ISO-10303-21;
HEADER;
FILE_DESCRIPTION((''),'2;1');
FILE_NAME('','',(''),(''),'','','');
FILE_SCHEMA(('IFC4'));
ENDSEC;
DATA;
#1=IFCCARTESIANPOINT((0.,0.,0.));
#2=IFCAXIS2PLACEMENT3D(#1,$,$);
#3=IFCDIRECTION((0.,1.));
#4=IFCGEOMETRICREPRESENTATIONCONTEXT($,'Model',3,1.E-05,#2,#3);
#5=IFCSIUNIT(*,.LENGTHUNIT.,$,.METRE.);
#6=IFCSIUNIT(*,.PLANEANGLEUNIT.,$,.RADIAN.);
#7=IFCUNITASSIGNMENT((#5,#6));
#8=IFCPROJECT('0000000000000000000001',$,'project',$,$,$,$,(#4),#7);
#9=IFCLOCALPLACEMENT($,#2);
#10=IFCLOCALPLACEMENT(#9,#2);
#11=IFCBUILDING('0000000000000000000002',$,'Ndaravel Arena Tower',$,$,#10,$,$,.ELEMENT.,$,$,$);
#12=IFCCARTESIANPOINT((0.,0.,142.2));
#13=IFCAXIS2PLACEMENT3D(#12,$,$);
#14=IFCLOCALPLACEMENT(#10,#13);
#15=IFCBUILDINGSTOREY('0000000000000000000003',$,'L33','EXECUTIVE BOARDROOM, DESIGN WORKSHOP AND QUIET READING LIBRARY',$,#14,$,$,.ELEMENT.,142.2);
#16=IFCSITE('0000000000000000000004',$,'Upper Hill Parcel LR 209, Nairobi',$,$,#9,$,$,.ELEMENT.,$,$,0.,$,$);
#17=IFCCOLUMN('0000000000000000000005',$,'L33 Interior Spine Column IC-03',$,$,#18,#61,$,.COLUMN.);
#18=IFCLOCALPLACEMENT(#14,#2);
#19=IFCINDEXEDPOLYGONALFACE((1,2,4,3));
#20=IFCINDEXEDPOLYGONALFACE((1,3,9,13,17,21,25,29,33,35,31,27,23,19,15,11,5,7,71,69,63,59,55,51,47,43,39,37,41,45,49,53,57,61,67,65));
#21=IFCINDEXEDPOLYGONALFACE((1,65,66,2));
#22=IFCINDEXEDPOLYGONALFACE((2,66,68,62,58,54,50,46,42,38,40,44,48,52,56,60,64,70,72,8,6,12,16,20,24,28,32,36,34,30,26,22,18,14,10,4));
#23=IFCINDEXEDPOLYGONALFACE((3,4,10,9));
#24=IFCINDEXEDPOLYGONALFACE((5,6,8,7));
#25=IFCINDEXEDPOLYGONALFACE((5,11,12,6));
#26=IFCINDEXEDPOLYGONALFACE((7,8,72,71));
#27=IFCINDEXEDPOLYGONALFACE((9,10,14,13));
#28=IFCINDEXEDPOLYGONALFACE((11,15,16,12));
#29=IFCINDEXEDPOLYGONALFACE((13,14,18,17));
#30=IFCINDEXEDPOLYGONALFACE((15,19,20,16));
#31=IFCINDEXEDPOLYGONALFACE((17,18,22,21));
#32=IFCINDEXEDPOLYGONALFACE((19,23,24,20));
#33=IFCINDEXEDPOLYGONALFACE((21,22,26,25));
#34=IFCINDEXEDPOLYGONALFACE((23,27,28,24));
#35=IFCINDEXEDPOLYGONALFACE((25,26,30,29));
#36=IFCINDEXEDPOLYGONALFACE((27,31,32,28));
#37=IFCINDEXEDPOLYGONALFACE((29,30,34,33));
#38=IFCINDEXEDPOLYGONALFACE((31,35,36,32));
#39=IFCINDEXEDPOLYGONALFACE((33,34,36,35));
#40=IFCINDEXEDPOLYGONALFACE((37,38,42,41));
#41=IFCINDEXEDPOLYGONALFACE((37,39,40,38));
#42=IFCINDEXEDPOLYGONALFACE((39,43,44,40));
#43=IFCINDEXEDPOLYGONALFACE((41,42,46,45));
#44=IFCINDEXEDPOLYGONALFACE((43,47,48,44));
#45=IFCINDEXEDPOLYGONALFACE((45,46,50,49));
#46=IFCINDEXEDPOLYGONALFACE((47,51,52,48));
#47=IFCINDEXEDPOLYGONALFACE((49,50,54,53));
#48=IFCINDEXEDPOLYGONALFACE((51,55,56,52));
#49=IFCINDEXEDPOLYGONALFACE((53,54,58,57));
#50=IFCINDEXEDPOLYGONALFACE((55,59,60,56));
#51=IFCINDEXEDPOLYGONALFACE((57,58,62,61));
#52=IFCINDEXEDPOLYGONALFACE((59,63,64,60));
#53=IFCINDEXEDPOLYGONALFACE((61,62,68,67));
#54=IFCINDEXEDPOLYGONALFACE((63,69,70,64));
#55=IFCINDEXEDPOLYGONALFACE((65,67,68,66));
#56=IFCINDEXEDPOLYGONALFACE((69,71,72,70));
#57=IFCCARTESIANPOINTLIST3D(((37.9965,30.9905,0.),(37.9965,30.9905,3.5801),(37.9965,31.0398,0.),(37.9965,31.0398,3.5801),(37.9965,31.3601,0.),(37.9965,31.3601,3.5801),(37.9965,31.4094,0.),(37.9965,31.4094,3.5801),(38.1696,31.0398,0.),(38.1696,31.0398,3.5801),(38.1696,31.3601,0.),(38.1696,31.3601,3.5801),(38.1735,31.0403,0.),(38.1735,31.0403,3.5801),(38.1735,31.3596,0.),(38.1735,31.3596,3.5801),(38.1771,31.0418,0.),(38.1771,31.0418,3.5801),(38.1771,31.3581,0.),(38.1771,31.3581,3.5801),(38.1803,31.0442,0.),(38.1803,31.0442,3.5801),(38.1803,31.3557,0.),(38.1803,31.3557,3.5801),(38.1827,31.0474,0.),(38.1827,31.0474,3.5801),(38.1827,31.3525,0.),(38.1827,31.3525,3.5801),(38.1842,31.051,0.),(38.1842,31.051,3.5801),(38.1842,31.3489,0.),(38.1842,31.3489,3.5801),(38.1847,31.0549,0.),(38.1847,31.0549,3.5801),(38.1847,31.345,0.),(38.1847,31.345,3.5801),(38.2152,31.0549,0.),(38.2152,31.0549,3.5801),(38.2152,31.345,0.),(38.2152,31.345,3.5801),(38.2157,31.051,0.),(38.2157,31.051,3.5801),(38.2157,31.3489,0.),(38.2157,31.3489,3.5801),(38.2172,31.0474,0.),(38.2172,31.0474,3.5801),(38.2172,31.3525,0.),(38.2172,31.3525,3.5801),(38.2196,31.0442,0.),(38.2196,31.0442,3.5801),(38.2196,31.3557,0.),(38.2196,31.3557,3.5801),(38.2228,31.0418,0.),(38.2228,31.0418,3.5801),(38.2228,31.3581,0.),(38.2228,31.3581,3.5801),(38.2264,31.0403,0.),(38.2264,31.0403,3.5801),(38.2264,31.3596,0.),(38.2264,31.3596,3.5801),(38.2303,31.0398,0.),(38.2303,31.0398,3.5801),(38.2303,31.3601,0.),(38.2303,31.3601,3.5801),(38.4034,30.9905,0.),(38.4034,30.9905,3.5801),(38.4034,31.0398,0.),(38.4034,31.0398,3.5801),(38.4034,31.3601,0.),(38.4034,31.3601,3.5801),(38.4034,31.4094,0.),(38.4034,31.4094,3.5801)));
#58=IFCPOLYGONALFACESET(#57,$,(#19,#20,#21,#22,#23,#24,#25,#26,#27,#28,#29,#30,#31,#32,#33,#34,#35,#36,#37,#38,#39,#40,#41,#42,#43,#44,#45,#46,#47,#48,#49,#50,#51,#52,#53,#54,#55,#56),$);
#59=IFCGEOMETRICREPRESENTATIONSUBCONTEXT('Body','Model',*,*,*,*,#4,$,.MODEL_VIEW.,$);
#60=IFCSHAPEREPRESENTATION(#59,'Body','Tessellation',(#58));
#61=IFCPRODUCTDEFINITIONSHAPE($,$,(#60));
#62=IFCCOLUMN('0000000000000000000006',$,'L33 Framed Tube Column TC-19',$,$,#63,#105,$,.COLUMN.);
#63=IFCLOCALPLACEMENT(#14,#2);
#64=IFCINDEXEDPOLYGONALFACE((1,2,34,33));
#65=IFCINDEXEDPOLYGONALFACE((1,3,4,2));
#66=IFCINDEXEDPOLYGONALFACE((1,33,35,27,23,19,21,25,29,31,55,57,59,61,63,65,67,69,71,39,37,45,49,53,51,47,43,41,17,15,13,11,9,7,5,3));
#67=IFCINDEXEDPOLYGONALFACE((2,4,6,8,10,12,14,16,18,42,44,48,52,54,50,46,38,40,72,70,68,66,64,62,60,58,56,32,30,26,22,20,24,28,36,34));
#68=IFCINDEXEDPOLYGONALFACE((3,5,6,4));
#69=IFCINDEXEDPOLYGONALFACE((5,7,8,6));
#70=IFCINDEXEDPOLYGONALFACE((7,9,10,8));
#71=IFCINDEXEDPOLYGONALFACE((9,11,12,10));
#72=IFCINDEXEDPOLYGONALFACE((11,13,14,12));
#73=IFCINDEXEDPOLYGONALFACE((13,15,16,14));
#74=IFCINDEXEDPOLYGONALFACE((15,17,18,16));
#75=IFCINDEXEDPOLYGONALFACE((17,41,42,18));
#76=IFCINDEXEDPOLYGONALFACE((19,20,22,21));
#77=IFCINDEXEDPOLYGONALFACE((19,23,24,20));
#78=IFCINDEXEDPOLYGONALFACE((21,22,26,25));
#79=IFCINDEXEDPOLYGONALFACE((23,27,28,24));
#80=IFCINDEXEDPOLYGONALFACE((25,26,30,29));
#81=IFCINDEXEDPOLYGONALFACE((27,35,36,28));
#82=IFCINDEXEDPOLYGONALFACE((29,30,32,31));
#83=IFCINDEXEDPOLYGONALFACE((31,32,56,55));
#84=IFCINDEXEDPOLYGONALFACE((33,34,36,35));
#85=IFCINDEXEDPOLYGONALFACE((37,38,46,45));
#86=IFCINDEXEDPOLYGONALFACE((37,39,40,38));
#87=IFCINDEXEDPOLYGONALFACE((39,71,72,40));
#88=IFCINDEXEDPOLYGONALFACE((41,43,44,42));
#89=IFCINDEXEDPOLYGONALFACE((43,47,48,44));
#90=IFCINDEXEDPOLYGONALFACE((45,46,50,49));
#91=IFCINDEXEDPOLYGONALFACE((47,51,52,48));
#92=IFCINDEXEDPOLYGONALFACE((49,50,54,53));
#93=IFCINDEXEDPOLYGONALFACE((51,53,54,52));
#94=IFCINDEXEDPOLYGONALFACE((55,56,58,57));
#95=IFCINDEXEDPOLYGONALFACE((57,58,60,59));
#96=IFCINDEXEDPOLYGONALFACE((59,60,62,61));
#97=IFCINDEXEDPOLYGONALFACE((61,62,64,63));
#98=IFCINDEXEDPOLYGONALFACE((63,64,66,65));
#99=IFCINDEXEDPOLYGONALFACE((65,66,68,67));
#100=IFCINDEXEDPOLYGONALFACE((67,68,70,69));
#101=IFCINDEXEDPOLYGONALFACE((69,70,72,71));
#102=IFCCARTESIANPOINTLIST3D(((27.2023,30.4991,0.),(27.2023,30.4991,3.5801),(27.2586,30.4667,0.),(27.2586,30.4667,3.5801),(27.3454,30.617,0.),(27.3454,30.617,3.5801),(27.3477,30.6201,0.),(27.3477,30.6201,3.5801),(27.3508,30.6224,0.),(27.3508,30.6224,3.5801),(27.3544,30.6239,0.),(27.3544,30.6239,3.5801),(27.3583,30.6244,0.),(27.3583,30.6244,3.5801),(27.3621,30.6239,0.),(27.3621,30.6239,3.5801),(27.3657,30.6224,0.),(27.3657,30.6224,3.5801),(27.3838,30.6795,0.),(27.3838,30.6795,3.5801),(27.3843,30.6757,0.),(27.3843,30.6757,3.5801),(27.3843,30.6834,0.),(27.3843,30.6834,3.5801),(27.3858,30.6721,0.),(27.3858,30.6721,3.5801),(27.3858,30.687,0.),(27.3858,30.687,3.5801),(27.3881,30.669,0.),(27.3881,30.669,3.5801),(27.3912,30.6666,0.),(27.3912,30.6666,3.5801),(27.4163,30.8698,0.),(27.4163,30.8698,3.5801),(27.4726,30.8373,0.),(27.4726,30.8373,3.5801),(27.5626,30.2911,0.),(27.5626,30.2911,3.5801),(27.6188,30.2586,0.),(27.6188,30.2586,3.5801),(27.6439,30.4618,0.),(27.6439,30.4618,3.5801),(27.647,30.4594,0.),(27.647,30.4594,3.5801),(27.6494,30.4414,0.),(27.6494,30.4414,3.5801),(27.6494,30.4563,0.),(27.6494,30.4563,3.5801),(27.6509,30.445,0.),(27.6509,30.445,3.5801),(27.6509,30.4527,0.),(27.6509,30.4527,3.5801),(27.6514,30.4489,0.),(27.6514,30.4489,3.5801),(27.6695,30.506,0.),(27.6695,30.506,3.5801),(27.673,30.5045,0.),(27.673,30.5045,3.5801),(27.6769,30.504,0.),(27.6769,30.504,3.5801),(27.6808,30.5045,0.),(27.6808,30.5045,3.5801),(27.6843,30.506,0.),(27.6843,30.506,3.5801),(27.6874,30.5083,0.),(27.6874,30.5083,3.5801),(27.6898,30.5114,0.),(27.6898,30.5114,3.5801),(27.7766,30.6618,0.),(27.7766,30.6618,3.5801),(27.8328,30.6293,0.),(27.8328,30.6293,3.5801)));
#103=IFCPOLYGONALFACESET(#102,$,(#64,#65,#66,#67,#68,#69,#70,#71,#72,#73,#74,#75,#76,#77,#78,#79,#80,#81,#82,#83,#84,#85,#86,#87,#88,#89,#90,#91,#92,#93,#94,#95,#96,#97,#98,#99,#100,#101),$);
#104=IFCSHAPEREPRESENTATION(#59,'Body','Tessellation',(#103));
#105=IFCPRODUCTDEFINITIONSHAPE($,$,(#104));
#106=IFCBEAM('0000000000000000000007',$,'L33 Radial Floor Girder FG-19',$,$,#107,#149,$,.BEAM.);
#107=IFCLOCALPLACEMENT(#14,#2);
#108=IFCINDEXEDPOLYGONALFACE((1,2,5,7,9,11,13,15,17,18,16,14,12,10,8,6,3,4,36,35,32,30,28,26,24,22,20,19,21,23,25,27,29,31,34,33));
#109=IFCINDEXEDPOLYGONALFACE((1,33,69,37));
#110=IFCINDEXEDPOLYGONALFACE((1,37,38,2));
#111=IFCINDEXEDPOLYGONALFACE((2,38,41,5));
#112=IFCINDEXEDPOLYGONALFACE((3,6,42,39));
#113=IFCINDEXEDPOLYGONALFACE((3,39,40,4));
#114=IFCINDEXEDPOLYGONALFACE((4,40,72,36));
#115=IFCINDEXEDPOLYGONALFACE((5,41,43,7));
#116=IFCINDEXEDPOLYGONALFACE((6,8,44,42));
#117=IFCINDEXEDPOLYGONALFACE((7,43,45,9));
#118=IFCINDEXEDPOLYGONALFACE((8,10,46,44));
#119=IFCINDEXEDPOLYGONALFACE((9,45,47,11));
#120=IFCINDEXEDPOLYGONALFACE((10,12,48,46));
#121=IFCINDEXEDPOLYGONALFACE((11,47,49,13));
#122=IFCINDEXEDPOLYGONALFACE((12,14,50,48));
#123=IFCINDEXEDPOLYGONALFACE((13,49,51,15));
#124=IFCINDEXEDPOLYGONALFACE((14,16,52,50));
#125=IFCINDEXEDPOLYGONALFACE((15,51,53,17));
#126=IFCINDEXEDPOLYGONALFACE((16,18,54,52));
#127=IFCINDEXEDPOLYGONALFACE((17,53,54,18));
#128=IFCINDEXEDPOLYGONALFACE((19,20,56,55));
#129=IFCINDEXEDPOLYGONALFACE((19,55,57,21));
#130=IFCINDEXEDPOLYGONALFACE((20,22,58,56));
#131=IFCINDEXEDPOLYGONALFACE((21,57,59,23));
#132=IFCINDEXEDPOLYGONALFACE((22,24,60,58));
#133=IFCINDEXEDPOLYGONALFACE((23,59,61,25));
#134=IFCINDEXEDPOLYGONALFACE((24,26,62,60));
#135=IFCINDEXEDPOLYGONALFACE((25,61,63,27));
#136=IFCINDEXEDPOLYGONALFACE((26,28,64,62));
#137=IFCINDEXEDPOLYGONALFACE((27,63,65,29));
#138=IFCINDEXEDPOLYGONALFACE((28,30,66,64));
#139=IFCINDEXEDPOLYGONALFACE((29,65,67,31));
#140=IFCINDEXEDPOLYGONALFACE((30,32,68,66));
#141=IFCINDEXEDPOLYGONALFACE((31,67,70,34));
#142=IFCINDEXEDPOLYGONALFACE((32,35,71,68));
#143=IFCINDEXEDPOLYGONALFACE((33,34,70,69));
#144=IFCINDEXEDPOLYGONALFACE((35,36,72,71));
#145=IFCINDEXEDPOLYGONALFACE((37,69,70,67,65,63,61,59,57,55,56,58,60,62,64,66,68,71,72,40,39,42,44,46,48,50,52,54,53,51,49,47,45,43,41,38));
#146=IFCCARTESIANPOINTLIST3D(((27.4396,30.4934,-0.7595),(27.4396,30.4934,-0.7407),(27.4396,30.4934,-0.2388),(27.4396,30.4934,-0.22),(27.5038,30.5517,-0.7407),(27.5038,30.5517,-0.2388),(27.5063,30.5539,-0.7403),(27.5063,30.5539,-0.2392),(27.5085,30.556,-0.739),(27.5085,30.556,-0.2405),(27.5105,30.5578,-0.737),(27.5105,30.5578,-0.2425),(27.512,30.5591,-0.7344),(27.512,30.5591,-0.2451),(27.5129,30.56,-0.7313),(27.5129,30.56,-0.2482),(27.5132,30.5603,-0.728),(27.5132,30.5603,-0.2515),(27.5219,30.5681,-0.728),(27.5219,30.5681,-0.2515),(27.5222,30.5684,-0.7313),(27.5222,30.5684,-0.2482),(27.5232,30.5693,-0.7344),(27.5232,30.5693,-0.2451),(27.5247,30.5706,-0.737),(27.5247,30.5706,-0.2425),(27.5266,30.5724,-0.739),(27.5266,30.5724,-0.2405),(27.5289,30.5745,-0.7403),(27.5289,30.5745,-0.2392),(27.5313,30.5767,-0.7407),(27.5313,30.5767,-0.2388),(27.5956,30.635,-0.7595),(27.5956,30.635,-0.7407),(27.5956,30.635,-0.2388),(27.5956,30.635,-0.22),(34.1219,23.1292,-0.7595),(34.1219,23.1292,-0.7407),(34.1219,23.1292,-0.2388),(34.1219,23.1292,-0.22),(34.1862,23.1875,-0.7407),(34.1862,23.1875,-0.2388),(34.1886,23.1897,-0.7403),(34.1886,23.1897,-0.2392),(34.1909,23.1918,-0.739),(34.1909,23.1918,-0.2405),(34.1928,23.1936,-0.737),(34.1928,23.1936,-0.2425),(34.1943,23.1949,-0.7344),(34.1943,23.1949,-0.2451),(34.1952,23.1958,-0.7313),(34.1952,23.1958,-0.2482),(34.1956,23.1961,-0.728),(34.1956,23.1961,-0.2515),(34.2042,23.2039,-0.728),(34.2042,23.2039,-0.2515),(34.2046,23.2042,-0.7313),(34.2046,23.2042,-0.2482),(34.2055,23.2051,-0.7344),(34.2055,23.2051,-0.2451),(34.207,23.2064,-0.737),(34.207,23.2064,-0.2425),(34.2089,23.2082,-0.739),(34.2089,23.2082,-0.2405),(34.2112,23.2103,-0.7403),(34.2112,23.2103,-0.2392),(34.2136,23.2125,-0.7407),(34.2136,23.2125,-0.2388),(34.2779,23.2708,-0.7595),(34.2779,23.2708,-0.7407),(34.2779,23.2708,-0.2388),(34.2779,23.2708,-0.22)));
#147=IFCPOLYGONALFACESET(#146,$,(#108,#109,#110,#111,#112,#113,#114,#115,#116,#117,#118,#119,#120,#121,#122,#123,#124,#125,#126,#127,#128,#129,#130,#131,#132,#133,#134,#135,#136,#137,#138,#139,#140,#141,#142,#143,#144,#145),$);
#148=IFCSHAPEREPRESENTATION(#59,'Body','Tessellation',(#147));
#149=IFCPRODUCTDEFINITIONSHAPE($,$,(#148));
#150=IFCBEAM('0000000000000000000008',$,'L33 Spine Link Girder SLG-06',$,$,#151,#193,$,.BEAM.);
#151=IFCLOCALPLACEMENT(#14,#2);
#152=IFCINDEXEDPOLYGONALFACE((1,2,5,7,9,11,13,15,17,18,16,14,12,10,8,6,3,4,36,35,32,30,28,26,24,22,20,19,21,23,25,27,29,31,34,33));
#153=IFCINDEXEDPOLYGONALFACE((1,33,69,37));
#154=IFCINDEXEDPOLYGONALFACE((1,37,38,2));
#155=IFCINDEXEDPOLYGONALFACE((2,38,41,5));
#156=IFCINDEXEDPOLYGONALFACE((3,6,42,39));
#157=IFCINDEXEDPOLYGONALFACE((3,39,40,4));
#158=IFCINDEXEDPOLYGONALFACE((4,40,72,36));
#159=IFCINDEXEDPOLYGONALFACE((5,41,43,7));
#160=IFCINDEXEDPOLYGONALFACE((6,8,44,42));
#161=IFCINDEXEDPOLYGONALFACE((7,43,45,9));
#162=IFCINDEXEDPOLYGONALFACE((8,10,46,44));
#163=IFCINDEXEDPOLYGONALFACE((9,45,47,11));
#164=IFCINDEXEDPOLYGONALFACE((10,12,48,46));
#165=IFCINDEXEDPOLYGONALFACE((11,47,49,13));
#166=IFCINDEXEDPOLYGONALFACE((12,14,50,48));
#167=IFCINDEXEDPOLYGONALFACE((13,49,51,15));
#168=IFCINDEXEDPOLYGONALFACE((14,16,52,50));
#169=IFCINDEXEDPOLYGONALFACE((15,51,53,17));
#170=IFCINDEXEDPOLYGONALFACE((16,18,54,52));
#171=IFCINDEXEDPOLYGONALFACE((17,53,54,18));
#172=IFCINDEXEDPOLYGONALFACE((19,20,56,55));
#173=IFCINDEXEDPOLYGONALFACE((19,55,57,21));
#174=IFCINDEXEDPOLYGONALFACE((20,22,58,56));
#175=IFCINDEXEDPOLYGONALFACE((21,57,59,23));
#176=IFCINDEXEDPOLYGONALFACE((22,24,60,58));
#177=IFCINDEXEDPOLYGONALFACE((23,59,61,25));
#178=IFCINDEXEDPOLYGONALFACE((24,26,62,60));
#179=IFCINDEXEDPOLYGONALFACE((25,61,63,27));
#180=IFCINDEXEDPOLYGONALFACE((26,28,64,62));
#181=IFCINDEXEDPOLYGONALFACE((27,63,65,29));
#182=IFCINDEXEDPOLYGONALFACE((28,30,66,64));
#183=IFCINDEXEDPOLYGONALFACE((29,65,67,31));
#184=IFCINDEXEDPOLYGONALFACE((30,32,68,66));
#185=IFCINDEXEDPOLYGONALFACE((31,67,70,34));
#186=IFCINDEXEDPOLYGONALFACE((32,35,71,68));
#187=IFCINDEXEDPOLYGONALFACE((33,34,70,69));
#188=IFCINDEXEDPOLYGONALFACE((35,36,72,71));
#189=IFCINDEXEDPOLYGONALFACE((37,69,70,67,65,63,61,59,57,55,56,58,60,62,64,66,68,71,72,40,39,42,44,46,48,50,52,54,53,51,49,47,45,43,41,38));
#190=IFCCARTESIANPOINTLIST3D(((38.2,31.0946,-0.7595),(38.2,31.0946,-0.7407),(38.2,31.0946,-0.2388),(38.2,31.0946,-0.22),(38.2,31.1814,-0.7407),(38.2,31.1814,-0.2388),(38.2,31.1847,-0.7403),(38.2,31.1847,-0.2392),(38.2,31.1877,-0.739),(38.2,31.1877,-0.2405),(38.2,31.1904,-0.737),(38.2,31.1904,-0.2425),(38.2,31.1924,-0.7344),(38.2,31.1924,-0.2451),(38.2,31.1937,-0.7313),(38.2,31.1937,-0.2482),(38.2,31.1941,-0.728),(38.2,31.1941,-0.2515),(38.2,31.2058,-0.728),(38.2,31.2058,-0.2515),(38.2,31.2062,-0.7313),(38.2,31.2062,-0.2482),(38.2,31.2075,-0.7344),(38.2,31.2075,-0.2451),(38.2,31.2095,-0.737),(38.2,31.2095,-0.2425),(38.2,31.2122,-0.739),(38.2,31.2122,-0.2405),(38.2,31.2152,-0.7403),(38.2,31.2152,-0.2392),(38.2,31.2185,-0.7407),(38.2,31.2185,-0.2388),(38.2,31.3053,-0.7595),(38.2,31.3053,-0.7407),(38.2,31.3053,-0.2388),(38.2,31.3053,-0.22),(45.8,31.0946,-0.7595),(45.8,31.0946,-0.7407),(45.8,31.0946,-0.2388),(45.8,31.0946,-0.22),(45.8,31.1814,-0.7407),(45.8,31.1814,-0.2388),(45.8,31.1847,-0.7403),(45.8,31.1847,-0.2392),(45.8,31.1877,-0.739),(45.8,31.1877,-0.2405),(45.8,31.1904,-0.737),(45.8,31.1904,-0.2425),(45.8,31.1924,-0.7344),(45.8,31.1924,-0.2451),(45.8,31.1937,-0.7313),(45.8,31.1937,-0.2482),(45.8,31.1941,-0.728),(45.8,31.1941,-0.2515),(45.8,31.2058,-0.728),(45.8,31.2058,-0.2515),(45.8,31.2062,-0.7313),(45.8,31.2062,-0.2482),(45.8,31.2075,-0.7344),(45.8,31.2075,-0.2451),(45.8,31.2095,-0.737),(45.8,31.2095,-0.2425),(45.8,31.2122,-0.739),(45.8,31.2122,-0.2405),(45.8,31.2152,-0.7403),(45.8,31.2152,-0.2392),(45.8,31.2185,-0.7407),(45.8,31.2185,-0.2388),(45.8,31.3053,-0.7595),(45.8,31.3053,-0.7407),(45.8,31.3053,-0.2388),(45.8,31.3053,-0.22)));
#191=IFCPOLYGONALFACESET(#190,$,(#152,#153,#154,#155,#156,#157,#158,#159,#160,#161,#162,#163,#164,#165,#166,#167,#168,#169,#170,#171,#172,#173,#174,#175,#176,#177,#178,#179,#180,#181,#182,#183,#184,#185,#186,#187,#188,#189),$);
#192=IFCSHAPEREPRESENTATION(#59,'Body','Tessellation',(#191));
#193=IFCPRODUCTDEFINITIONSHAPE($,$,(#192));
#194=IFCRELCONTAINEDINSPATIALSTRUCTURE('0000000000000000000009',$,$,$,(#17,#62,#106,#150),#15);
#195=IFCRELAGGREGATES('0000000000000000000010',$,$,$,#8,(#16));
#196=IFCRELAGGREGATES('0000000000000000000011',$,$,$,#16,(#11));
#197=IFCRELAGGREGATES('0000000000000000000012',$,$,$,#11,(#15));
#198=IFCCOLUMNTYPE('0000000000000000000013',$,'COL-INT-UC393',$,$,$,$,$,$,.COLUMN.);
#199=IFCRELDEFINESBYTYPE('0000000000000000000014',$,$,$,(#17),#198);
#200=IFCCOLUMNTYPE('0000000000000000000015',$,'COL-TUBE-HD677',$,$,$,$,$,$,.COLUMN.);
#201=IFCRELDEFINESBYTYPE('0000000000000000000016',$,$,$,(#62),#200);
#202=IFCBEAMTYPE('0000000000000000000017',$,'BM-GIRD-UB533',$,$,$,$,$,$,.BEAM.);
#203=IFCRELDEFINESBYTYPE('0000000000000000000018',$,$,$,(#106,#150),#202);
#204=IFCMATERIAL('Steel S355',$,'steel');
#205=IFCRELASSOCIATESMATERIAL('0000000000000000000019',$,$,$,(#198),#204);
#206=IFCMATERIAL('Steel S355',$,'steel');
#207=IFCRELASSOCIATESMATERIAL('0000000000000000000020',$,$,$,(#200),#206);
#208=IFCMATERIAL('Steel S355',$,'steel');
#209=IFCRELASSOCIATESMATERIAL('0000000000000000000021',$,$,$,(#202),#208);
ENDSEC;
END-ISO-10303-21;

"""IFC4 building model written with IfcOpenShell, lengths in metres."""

from ifc_helpers import new_model, si_unit, direction, frame, origin, origin_2d, place, context, subcontext, project, spatial, i_section, extrude, material, material_profile, profile_set, type_object, element, save


model = new_model("IFC4")

# Units and contexts
model_context = context("Model", 3, precision=1e-05, world=origin(), true_north=direction((0.0, 1.0)))
body_context = subcontext(model_context, "Body", "Model", "MODEL_VIEW")
ifc_project = project(units=[si_unit("LENGTHUNIT", "METRE"), si_unit("PLANEANGLEUNIT", "RADIAN")], contexts=[model_context])

# Site, building, storey
site_placement = place(None, origin())
site = spatial("IfcSite", under=ifc_project, at=site_placement, Name="Upper Hill Parcel LR 209, Nairobi", CompositionType="ELEMENT", RefElevation=0.0)
building_placement = place(site_placement, origin())
building = spatial("IfcBuilding", under=site, at=building_placement, Name="Ndaravel Arena Tower", CompositionType="ELEMENT")
storey_placement = place(building_placement, frame((0.0, 0.0, 142.2)))
storey = spatial("IfcBuildingStorey", under=building, at=storey_placement, Name="L33", Description="EXECUTIVE BOARDROOM, DESIGN WORKSHOP AND QUIET READING LIBRARY", CompositionType="ELEMENT", Elevation=142.2)

# Columns
ifc_material_1 = material(Name="Steel S355", Category="steel")
ifc_material_profile_1 = material_profile(ifc_material_1, i_section(OverallWidth=0.407, OverallDepth=0.4189, WebThickness=0.0305, FlangeThickness=0.0493, FilletRadius=0.0151, at=origin_2d()), Name="UC 356x406x393")
ifc_profile_set_1 = profile_set([ifc_material_profile_1], Name="Steel S355")
column_type_1 = type_object("IfcColumnType", Name="COL-INT-UC393", PredefinedType="COLUMN", material=ifc_profile_set_1)
column_1_placement = place(storey_placement, frame((38.2, 31.2, 0.0), z_axis=(0.0, 0.0, 1.0), x_axis=(1.0, 0.0, 0.0)))
element("IfcColumn", 1, at=column_1_placement, inside=storey, type_object=column_type_1, Name="L33 Interior Spine Column IC-03", PredefinedType="COLUMN", context=body_context, shape_type="SweptSolid", body=[
    extrude(i_section(OverallWidth=0.407, OverallDepth=0.4189, WebThickness=0.0305, FlangeThickness=0.0493, FilletRadius=0.0151, at=origin_2d()), origin(), (0.0, 0.0, 1.0), 3.5801),
])
ifc_material_2 = material(Name="Steel S355", Category="steel")
ifc_material_profile_2 = material_profile(ifc_material_2, i_section(OverallWidth=0.428, OverallDepth=0.481, WebThickness=0.051, FlangeThickness=0.0649, FilletRadius=0.0149, at=origin_2d()), Name="HD 400x677")
ifc_profile_set_2 = profile_set([ifc_material_profile_2], Name="Steel S355")
column_type_2 = type_object("IfcColumnType", Name="COL-TUBE-HD677", PredefinedType="COLUMN", material=ifc_profile_set_2)
column_2_placement = place(storey_placement, frame((27.5176, 30.5642, 0.0), z_axis=(0.0, 0.0, 1.0), x_axis=(0.5, 0.866025, 0.0)))
element("IfcColumn", 2, at=column_2_placement, inside=storey, type_object=column_type_2, Name="L33 Framed Tube Column TC-19", PredefinedType="COLUMN", context=body_context, shape_type="SweptSolid", body=[
    extrude(i_section(OverallWidth=0.428, OverallDepth=0.481, WebThickness=0.051, FlangeThickness=0.0649, FilletRadius=0.0149, at=origin_2d()), origin(), (0.0, 0.0, 1.0), 3.5801),
])

# Beams
ifc_material_3 = material(Name="Steel S355", Category="steel")
ifc_material_profile_3 = material_profile(ifc_material_3, i_section(OverallWidth=0.2107, OverallDepth=0.5396, WebThickness=0.0117, FlangeThickness=0.0188, FilletRadius=0.0127, at=origin_2d()), Name="UB 533x210x109")
ifc_profile_set_3 = profile_set([ifc_material_profile_3], Name="Steel S355")
beam_type_1 = type_object("IfcBeamType", Name="BM-GIRD-UB533", PredefinedType="BEAM", material=ifc_profile_set_3)
beam_1_placement = place(storey_placement, frame((27.5176, 30.5642, -0.4897), z_axis=(0.671989, -0.740561, 0.0), x_axis=(0.740561, 0.671989, 0.0)))
element("IfcBeam", 3, at=beam_1_placement, inside=storey, type_object=beam_type_1, Name="L33 Radial Floor Girder FG-19", PredefinedType="BEAM", context=body_context, shape_type="SweptSolid", body=[
    extrude(i_section(OverallWidth=0.2107, OverallDepth=0.5396, WebThickness=0.0117, FlangeThickness=0.0188, FilletRadius=0.0127, at=origin_2d()), origin(), (0.0, 0.0, 1.0), 9.9441),
])
beam_2_placement = place(storey_placement, frame((38.2, 31.2, -0.4897), z_axis=(1.0, 0.0, 0.0), x_axis=(0.0, 1.0, 0.0)))
element("IfcBeam", 4, at=beam_2_placement, inside=storey, type_object=beam_type_1, Name="L33 Spine Link Girder SLG-06", PredefinedType="BEAM", context=body_context, shape_type="SweptSolid", body=[
    extrude(i_section(OverallWidth=0.2107, OverallDepth=0.5396, WebThickness=0.0117, FlangeThickness=0.0188, FilletRadius=0.0127, at=origin_2d()), origin(), (0.0, 0.0, 1.0), 7.6001),
])

save(model, "model.ifc")
